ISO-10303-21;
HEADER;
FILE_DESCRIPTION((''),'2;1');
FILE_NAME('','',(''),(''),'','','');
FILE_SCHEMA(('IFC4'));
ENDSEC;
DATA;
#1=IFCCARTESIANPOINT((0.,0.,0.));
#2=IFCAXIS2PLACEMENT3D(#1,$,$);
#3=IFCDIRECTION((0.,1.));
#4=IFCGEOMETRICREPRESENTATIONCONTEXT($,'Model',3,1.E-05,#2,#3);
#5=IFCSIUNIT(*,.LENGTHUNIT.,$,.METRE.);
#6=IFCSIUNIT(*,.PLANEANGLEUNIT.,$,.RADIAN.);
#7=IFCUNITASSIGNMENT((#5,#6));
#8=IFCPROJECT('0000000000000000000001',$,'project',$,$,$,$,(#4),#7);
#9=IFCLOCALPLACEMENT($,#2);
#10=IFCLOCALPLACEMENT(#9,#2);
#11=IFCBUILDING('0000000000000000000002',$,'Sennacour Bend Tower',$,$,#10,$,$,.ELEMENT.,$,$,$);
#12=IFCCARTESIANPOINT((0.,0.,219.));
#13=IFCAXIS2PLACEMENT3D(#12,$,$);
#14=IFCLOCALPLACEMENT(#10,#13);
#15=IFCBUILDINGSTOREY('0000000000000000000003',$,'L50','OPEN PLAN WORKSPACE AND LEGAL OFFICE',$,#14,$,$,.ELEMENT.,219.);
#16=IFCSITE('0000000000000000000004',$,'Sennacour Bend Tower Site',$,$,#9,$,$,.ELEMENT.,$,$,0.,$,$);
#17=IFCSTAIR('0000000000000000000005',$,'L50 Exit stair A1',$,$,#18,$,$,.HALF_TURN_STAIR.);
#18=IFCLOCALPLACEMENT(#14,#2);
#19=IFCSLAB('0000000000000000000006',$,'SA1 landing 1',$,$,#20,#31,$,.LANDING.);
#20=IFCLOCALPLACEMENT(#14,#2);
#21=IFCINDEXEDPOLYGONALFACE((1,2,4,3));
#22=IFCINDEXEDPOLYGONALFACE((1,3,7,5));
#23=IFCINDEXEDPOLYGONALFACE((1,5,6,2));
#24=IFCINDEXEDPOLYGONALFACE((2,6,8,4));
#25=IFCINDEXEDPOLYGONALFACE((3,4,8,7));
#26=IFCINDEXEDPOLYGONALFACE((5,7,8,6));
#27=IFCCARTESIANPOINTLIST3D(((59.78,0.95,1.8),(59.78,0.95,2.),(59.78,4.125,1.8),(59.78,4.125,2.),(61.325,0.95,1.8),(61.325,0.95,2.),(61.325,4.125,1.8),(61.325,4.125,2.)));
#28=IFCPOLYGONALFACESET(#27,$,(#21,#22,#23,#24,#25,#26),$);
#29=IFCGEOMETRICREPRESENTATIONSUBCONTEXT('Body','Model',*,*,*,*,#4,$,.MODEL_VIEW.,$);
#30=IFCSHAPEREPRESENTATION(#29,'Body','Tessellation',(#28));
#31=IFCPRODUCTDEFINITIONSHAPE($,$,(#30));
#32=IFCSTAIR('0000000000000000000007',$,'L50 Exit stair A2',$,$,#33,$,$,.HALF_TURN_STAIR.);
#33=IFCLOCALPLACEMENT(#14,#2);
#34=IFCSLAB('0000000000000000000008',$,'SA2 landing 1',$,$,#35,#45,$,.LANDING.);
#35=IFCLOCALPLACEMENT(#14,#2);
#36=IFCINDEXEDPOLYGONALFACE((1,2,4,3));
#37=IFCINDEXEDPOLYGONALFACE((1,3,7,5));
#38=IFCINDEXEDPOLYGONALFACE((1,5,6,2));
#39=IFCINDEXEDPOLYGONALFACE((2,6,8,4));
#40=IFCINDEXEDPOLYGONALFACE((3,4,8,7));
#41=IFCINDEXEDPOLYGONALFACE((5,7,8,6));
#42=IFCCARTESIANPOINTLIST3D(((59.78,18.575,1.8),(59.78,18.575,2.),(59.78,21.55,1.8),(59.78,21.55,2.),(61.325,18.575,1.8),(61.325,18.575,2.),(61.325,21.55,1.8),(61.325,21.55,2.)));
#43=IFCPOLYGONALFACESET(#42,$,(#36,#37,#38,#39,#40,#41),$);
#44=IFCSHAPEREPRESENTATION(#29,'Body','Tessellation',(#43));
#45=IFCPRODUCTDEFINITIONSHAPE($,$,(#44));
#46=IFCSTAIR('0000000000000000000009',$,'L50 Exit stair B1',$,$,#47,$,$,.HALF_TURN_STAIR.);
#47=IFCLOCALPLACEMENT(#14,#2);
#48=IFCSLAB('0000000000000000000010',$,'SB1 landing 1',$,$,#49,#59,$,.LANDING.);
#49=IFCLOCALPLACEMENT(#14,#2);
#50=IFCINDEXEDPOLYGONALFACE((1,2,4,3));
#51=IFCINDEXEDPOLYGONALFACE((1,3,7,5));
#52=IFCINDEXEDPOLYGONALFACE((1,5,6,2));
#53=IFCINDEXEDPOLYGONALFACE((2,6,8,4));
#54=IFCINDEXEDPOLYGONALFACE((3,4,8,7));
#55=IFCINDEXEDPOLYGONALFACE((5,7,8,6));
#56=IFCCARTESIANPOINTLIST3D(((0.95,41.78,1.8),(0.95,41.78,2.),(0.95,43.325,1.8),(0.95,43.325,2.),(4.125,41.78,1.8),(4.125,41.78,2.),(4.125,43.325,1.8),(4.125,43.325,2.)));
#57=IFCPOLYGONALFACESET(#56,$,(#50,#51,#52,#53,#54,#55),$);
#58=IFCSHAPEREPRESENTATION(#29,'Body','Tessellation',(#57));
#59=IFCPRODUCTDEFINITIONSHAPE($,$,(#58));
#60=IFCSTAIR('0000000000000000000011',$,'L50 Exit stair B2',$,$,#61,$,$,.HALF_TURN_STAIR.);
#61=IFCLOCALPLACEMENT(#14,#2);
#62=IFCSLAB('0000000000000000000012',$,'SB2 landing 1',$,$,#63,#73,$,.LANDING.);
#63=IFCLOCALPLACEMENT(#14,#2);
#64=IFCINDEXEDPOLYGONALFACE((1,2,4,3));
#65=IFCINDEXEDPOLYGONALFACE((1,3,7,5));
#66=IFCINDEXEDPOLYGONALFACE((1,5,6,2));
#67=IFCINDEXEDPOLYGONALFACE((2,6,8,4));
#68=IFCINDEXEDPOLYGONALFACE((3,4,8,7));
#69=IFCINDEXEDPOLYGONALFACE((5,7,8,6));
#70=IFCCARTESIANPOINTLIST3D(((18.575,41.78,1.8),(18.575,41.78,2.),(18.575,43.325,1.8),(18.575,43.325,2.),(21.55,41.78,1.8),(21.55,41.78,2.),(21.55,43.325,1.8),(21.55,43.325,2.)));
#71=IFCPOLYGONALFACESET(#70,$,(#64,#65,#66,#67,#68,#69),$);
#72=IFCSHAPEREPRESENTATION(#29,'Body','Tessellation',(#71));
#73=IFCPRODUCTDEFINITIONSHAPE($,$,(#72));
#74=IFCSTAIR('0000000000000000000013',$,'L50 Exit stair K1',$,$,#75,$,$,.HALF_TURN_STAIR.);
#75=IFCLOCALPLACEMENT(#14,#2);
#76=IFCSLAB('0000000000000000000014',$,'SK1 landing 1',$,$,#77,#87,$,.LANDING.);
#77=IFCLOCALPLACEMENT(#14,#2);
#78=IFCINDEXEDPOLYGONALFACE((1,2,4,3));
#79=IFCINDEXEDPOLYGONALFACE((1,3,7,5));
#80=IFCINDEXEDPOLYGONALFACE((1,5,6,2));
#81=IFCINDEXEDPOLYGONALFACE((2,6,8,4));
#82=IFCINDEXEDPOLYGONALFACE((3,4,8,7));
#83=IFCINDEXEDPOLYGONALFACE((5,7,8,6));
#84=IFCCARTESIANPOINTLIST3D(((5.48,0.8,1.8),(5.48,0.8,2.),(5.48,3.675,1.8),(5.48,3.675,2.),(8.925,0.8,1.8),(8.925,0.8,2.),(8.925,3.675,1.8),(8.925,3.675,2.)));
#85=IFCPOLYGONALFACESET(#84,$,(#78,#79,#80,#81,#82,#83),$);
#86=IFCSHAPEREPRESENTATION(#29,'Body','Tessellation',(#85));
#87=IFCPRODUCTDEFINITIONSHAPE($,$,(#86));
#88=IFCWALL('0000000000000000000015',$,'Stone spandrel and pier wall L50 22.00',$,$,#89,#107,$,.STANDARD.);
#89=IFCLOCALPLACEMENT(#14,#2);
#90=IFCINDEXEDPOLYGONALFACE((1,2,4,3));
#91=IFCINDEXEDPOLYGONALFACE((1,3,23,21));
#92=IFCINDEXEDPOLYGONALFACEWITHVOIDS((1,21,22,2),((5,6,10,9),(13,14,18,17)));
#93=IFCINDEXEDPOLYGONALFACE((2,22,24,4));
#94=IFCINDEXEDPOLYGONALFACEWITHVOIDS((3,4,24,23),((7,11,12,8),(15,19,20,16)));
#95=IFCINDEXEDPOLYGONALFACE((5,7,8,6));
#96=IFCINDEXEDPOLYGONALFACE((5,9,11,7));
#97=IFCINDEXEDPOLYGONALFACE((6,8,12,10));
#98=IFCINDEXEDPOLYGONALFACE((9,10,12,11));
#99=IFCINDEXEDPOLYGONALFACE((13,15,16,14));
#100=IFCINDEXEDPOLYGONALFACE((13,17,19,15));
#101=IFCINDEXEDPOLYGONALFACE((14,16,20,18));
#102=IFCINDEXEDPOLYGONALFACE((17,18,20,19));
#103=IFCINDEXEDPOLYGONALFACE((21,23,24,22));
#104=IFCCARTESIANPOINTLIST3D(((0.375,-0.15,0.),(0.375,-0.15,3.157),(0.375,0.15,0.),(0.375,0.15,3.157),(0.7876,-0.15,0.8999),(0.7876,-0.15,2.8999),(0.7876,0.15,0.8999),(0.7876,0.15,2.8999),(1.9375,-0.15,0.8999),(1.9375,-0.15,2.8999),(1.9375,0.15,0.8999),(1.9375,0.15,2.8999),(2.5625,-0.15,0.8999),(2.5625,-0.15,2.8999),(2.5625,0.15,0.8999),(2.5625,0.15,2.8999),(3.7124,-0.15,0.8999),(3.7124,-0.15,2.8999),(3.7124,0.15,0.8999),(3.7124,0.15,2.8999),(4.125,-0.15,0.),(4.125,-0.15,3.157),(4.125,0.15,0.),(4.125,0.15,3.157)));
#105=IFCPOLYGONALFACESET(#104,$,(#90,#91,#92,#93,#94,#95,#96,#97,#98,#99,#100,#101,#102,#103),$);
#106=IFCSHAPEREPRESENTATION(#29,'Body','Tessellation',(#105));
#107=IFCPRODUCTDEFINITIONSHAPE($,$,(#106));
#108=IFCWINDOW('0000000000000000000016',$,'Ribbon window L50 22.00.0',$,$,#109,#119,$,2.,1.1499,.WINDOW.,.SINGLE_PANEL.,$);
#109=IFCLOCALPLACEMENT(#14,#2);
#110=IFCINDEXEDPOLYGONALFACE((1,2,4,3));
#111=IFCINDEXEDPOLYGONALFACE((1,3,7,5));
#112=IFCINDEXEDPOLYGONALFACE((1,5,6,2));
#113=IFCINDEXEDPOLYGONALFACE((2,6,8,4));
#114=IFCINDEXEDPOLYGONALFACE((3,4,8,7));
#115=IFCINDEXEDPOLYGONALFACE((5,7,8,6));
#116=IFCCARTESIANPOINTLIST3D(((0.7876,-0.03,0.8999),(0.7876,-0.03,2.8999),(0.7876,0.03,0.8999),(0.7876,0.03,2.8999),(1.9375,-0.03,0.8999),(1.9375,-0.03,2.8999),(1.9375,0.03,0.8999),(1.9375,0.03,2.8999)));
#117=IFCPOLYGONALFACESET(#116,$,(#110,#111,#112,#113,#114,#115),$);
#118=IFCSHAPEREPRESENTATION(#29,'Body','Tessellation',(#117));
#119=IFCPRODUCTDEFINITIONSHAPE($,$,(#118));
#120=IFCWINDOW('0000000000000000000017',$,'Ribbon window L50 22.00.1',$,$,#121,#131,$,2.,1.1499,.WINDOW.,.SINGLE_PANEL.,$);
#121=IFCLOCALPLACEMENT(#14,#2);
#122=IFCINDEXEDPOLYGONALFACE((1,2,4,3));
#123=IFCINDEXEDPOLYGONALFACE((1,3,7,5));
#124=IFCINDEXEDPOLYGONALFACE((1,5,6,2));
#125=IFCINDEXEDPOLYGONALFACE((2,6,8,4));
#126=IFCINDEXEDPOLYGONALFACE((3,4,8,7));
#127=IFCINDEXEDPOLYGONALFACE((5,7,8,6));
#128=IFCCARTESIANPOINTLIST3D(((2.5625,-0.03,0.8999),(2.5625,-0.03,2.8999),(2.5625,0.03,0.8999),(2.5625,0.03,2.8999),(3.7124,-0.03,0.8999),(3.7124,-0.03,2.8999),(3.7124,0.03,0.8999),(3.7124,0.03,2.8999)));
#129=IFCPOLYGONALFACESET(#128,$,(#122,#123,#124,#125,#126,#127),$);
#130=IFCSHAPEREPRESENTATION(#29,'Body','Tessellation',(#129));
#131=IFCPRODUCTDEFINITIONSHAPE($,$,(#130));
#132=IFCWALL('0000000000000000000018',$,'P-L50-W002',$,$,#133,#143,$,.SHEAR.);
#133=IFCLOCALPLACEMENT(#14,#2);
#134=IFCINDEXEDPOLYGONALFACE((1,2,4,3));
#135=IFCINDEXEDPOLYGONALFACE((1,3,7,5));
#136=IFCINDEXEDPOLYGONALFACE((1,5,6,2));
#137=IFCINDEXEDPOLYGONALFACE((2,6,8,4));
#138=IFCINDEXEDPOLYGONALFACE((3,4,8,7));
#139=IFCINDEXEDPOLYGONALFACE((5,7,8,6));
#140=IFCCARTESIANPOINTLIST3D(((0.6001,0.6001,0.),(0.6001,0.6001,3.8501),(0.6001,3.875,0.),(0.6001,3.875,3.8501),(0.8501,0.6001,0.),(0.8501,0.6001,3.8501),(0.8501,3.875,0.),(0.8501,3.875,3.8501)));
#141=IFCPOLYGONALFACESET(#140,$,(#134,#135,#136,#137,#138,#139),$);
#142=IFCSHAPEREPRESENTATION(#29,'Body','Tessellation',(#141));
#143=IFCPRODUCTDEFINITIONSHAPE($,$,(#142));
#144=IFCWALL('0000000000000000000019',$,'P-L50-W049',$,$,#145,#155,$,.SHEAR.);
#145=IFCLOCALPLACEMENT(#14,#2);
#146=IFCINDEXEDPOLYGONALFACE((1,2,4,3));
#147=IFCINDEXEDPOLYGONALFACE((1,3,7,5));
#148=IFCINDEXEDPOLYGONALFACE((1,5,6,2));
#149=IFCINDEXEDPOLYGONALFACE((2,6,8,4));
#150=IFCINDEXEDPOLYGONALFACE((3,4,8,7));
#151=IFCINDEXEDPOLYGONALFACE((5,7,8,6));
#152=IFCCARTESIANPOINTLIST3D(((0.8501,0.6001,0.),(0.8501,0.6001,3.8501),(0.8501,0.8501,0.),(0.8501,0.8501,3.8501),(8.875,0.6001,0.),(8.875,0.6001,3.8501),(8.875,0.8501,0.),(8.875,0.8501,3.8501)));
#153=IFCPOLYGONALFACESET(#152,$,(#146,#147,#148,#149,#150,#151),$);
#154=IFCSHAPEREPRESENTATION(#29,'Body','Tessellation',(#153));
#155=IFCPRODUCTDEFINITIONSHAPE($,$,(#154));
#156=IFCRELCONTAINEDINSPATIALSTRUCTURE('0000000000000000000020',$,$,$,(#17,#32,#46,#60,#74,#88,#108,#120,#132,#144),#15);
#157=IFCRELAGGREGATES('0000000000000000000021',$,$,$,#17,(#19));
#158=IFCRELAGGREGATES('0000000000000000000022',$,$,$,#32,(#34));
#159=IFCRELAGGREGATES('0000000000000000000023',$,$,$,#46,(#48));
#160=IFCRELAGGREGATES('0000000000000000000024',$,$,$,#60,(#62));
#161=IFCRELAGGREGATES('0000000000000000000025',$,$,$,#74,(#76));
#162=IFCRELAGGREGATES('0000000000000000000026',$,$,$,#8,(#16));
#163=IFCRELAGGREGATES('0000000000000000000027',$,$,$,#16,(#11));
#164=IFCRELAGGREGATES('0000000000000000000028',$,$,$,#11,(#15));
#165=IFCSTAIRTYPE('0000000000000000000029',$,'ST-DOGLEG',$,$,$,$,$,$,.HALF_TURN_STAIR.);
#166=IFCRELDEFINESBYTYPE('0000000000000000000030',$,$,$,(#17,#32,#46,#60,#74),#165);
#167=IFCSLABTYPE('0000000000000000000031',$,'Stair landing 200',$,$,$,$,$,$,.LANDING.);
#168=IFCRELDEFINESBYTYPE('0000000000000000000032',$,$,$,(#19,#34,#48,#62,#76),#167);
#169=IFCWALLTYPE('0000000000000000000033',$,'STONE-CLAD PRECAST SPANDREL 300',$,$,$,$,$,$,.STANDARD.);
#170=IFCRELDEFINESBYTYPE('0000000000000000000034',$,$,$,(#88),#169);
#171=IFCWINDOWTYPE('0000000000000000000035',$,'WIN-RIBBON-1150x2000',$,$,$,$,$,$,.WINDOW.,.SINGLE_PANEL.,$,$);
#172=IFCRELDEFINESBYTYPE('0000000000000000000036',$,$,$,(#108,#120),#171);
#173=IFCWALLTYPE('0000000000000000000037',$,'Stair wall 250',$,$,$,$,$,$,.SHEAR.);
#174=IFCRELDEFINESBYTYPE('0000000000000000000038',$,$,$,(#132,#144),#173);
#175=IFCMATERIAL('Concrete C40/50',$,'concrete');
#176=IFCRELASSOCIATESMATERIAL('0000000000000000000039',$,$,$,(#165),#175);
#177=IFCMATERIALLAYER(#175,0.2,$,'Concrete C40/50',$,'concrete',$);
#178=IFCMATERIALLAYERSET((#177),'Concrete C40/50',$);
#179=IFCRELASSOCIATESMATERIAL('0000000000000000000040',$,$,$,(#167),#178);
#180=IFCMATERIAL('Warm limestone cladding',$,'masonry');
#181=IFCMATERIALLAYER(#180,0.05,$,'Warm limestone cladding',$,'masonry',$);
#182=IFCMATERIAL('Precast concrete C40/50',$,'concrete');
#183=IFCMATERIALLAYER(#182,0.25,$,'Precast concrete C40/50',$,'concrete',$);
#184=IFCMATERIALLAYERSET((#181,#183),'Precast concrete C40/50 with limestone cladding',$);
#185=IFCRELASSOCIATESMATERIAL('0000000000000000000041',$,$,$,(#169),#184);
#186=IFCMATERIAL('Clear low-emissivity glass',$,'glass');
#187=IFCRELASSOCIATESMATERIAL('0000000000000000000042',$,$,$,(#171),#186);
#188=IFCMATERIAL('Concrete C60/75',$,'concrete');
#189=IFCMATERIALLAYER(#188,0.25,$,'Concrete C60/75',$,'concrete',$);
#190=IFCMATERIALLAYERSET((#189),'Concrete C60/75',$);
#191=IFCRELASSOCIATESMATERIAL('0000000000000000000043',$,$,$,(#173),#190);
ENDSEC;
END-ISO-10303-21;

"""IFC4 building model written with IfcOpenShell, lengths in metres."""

from ifc_helpers import new_model, si_unit, direction, frame, frame_2d, origin, place, context, subcontext, project, spatial, polyline, rectangle, outline, extrude, material, layer, layer_set, type_object, element, fill, aggregate, save


model = new_model("IFC4")

# Units and contexts
model_context = context("Model", 3, precision=1e-05, world=origin(), true_north=direction((0.0, 1.0)))
body_context = subcontext(model_context, "Body", "Model", "MODEL_VIEW")
ifc_project = project(units=[si_unit("LENGTHUNIT", "METRE"), si_unit("PLANEANGLEUNIT", "RADIAN")], contexts=[model_context])

# Site, building, storey
site_placement = place(None, origin())
site = spatial("IfcSite", under=ifc_project, at=site_placement, Name="Sennacour Bend Tower Site", CompositionType="ELEMENT", RefElevation=0.0)
building_placement = place(site_placement, origin())
building = spatial("IfcBuilding", under=site, at=building_placement, Name="Sennacour Bend Tower", CompositionType="ELEMENT")
storey_placement = place(building_placement, frame((0.0, 0.0, 219.0)))
storey = spatial("IfcBuildingStorey", under=building, at=storey_placement, Name="L50", Description="OPEN PLAN WORKSPACE AND LEGAL OFFICE", CompositionType="ELEMENT", Elevation=219.0)

# Shared definitions
ifc_material_1 = material(Name="Concrete C40/50", Category="concrete")

# Stairs, slabs
stair_type = type_object("IfcStairType", Name="ST-DOGLEG", PredefinedType="HALF_TURN_STAIR", material=ifc_material_1)
stair_1_placement = place(storey_placement, origin())
stair_1 = element("IfcStair", 1, at=stair_1_placement, inside=storey, type_object=stair_type, Name="L50 Exit stair A1", PredefinedType="HALF_TURN_STAIR")
ifc_layer_1 = layer(ifc_material_1, 0.2, Name="Concrete C40/50", Category="concrete")
ifc_layer_set_1 = layer_set([ifc_layer_1], Name="Concrete C40/50")
slab_type_1 = type_object("IfcSlabType", Name="Stair landing 200", PredefinedType="LANDING", material=ifc_layer_set_1)
slab_1_placement = place(storey_placement, frame((0.0, 0.0, 1.8)))
slab_1 = element("IfcSlab", 2, at=slab_1_placement, type_object=slab_type_1, Name="SA1 landing 1", PredefinedType="LANDING", context=body_context, shape_type="SweptSolid", body=[
    extrude(outline(polyline([(59.78, 0.95), (61.325, 0.95), (61.325, 4.125), (59.78, 4.125), (59.78, 0.95)])), origin(), (0.0, 0.0, 1.0), 0.2),
])
aggregate(stair_1, [slab_1])
stair_2_placement = place(storey_placement, origin())
stair_2 = element("IfcStair", 3, at=stair_2_placement, inside=storey, type_object=stair_type, Name="L50 Exit stair A2", PredefinedType="HALF_TURN_STAIR")
slab_2_placement = place(storey_placement, frame((0.0, 0.0, 1.8)))
slab_2 = element("IfcSlab", 4, at=slab_2_placement, type_object=slab_type_1, Name="SA2 landing 1", PredefinedType="LANDING", context=body_context, shape_type="SweptSolid", body=[
    extrude(outline(polyline([(59.78, 18.575), (61.325, 18.575), (61.325, 21.55), (59.78, 21.55), (59.78, 18.575)])), origin(), (0.0, 0.0, 1.0), 0.2),
])
aggregate(stair_2, [slab_2])
stair_3_placement = place(storey_placement, origin())
stair_3 = element("IfcStair", 5, at=stair_3_placement, inside=storey, type_object=stair_type, Name="L50 Exit stair B1", PredefinedType="HALF_TURN_STAIR")
slab_3_placement = place(storey_placement, frame((0.0, 0.0, 1.8)))
slab_3 = element("IfcSlab", 6, at=slab_3_placement, type_object=slab_type_1, Name="SB1 landing 1", PredefinedType="LANDING", context=body_context, shape_type="SweptSolid", body=[
    extrude(outline(polyline([(0.95, 41.78), (4.125, 41.78), (4.125, 43.325), (0.95, 43.325), (0.95, 41.78)])), origin(), (0.0, 0.0, 1.0), 0.2),
])
aggregate(stair_3, [slab_3])
stair_4_placement = place(storey_placement, origin())
stair_4 = element("IfcStair", 7, at=stair_4_placement, inside=storey, type_object=stair_type, Name="L50 Exit stair B2", PredefinedType="HALF_TURN_STAIR")
slab_4_placement = place(storey_placement, frame((0.0, 0.0, 1.8)))
slab_4 = element("IfcSlab", 8, at=slab_4_placement, type_object=slab_type_1, Name="SB2 landing 1", PredefinedType="LANDING", context=body_context, shape_type="SweptSolid", body=[
    extrude(outline(polyline([(18.575, 41.78), (21.55, 41.78), (21.55, 43.325), (18.575, 43.325), (18.575, 41.78)])), origin(), (0.0, 0.0, 1.0), 0.2),
])
aggregate(stair_4, [slab_4])
stair_5_placement = place(storey_placement, origin())
stair_5 = element("IfcStair", 9, at=stair_5_placement, inside=storey, type_object=stair_type, Name="L50 Exit stair K1", PredefinedType="HALF_TURN_STAIR")
slab_5_placement = place(storey_placement, frame((0.0, 0.0, 1.8)))
slab_5 = element("IfcSlab", 10, at=slab_5_placement, type_object=slab_type_1, Name="SK1 landing 1", PredefinedType="LANDING", context=body_context, shape_type="SweptSolid", body=[
    extrude(outline(polyline([(5.48, 0.8), (8.925, 0.8), (8.925, 3.675), (5.48, 3.675), (5.48, 0.8)])), origin(), (0.0, 0.0, 1.0), 0.2),
])
aggregate(stair_5, [slab_5])

# Wall, openings, windows
ifc_material_2 = material(Name="Warm limestone cladding", Category="masonry")
ifc_layer_2 = layer(ifc_material_2, 0.05, Name="Warm limestone cladding", Category="masonry")
ifc_material_3 = material(Name="Precast concrete C40/50", Category="concrete")
ifc_layer_3 = layer(ifc_material_3, 0.25, Name="Precast concrete C40/50", Category="concrete")
ifc_layer_set_2 = layer_set([ifc_layer_2, ifc_layer_3], Name="Precast concrete C40/50 with limestone cladding")
wall_type_1 = type_object("IfcWallType", Name="STONE-CLAD PRECAST SPANDREL 300", PredefinedType="STANDARD", material=ifc_layer_set_2)
wall_1_placement = place(storey_placement, frame((0.375, 0.0, 0.0), z_axis=(0.0, 0.0, 1.0), x_axis=(1.0, 0.0, 0.0)))
wall_1 = element("IfcWall", 11, at=wall_1_placement, inside=storey, type_object=wall_type_1, Name="Stone spandrel and pier wall L50 22.00", PredefinedType="STANDARD", context=body_context, shape_type="SweptSolid", body=[
    extrude(rectangle(XDim=3.75, YDim=0.3, at=frame_2d((1.875, 0.0))), origin(), (0.0, 0.0, 1.0), 3.157),
])
opening_1_placement = place(wall_1_placement, frame((0.4126, 0.0, 0.8999)))
opening_1 = element("IfcOpeningElement", 12, at=opening_1_placement, cuts=wall_1, PredefinedType="OPENING", context=body_context, shape_type="SweptSolid", body=[
    extrude(rectangle(XDim=1.1499, YDim=2.0, at=frame_2d((0.575, 1.0))), frame((0.0, 0.1602, 0.0), z_axis=(0.0, -1.0, 0.0), x_axis=(1.0, 0.0, 0.0)), (0.0, 0.0, 1.0), 0.3201),
])
opening_2_placement = place(wall_1_placement, frame((2.1875, 0.0, 0.8999)))
opening_2 = element("IfcOpeningElement", 13, at=opening_2_placement, cuts=wall_1, PredefinedType="OPENING", context=body_context, shape_type="SweptSolid", body=[
    extrude(rectangle(XDim=1.1499, YDim=2.0, at=frame_2d((0.575, 1.0))), frame((0.0, 0.1602, 0.0), z_axis=(0.0, -1.0, 0.0), x_axis=(1.0, 0.0, 0.0)), (0.0, 0.0, 1.0), 0.3201),
])
ifc_material_4 = material(Name="Clear low-emissivity glass", Category="glass")
window_type = type_object("IfcWindowType", Name="WIN-RIBBON-1150x2000", PartitioningType="SINGLE_PANEL", PredefinedType="WINDOW", material=ifc_material_4)
window_1_placement = place(opening_1_placement, origin())
window_1 = element("IfcWindow", 14, at=window_1_placement, inside=storey, type_object=window_type, Name="Ribbon window L50 22.00.0", OverallHeight=2.0, OverallWidth=1.1499, PartitioningType="SINGLE_PANEL", PredefinedType="WINDOW", context=body_context, shape_type="SweptSolid", body=[
    extrude(rectangle(XDim=1.1499, YDim=2.0, at=frame_2d((0.575, 1.0))), frame((0.0, 0.03, 0.0), z_axis=(0.0, -1.0, 0.0), x_axis=(1.0, 0.0, 0.0)), (0.0, 0.0, 1.0), 0.0601),
])
fill(opening_1, window_1)
window_2_placement = place(opening_2_placement, origin())
window_2 = element("IfcWindow", 15, at=window_2_placement, inside=storey, type_object=window_type, Name="Ribbon window L50 22.00.1", OverallHeight=2.0, OverallWidth=1.1499, PartitioningType="SINGLE_PANEL", PredefinedType="WINDOW", context=body_context, shape_type="SweptSolid", body=[
    extrude(rectangle(XDim=1.1499, YDim=2.0, at=frame_2d((0.575, 1.0))), frame((0.0, 0.03, 0.0), z_axis=(0.0, -1.0, 0.0), x_axis=(1.0, 0.0, 0.0)), (0.0, 0.0, 1.0), 0.0601),
])
fill(opening_2, window_2)

# Walls
ifc_material_5 = material(Name="Concrete C60/75", Category="concrete")
ifc_layer_4 = layer(ifc_material_5, 0.25, Name="Concrete C60/75", Category="concrete")
ifc_layer_set_3 = layer_set([ifc_layer_4], Name="Concrete C60/75")
wall_type_2 = type_object("IfcWallType", Name="Stair wall 250", PredefinedType="SHEAR", material=ifc_layer_set_3)
wall_2_placement = place(storey_placement, frame((0.7251, 0.6001, 0.0), z_axis=(0.0, 0.0, 1.0), x_axis=(0.0, 1.0, 0.0)))
element("IfcWall", 16, at=wall_2_placement, inside=storey, type_object=wall_type_2, Name="P-L50-W002", PredefinedType="SHEAR", context=body_context, shape_type="SweptSolid", body=[
    extrude(rectangle(XDim=3.2749, YDim=0.25, at=frame_2d((1.6375, 0.0))), origin(), (0.0, 0.0, 1.0), 3.8501),
])
wall_3_placement = place(storey_placement, frame((0.8501, 0.7251, 0.0), z_axis=(0.0, 0.0, 1.0), x_axis=(1.0, 0.0, 0.0)))
element("IfcWall", 17, at=wall_3_placement, inside=storey, type_object=wall_type_2, Name="P-L50-W049", PredefinedType="SHEAR", context=body_context, shape_type="SweptSolid", body=[
    extrude(rectangle(XDim=8.0249, YDim=0.25, at=frame_2d((4.0125, 0.0))), origin(), (0.0, 0.0, 1.0), 3.8501),
])

save(model, "model.ifc")
